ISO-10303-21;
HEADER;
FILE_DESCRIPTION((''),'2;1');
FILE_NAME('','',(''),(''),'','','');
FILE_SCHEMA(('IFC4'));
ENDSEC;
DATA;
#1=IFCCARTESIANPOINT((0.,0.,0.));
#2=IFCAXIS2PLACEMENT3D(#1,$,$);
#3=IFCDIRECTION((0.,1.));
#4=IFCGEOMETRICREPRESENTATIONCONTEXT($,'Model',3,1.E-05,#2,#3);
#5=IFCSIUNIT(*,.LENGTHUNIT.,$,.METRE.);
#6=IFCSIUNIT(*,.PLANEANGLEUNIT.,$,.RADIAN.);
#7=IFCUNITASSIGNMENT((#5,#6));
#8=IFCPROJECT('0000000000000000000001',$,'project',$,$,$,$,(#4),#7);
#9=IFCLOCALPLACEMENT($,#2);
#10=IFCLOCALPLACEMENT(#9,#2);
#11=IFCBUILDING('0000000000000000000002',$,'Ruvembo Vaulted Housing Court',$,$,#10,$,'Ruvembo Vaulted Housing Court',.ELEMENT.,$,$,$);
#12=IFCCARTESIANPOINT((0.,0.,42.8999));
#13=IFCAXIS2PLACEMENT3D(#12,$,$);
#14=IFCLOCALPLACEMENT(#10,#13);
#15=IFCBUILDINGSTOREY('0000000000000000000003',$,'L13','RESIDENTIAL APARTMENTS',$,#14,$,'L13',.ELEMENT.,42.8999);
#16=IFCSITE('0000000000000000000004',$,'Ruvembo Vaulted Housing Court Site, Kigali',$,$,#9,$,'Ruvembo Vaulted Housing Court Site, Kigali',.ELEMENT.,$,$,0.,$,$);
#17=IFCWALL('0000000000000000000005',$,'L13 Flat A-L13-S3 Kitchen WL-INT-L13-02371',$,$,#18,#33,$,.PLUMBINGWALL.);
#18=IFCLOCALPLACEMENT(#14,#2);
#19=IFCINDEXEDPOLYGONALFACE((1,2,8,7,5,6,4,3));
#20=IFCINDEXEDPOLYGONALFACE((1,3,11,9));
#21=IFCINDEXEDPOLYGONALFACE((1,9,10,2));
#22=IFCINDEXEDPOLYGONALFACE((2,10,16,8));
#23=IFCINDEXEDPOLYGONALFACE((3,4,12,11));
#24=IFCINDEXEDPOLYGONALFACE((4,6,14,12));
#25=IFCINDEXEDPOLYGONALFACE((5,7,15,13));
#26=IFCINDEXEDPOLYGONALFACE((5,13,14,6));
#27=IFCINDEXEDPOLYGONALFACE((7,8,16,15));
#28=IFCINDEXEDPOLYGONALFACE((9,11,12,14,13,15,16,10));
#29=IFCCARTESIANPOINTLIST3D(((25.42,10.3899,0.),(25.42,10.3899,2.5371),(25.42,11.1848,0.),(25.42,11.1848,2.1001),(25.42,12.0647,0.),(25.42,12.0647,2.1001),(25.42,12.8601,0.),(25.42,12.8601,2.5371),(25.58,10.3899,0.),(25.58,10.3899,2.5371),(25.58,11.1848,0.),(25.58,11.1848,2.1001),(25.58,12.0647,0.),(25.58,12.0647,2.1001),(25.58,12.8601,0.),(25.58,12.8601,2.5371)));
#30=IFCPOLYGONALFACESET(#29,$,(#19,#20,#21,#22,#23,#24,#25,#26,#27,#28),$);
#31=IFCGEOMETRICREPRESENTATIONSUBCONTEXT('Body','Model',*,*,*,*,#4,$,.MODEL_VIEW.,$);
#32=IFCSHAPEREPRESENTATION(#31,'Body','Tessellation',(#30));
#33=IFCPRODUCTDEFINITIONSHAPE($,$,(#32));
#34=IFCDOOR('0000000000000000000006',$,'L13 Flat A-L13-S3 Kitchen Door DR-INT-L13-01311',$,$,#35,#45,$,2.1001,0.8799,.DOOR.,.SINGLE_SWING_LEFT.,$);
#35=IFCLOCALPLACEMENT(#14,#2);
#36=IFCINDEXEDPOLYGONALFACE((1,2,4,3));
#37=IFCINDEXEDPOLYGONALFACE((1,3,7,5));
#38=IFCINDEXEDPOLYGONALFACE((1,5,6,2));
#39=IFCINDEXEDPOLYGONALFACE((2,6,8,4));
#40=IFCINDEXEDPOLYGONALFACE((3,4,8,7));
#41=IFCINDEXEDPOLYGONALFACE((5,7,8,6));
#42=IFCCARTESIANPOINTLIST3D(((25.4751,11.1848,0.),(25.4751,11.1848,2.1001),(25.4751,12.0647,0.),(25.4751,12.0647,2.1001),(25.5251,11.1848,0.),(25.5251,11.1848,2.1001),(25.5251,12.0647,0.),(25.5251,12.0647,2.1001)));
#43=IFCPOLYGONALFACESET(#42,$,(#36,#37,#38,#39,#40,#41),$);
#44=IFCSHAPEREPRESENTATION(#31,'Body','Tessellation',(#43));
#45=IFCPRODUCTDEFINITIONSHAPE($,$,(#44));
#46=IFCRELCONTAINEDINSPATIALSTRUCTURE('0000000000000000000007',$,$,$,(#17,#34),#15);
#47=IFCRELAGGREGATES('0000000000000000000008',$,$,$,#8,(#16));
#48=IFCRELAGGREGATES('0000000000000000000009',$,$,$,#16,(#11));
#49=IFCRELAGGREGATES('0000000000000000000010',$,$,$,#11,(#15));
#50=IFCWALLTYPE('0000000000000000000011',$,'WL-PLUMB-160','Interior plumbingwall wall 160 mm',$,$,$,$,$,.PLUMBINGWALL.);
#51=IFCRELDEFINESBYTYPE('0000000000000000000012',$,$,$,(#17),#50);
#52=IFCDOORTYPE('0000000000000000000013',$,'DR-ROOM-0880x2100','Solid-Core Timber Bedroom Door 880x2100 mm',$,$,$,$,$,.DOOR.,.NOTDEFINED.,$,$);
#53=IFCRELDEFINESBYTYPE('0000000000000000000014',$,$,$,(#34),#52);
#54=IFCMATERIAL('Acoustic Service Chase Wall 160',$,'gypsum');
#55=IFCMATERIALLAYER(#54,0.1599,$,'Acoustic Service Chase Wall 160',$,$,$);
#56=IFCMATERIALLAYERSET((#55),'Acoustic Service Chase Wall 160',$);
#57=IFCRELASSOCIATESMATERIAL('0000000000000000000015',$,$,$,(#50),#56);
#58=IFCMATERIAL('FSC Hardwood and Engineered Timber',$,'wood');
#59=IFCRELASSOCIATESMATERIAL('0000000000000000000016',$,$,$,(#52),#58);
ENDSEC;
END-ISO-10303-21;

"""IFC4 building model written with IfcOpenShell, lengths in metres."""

from ifc_helpers import new_model, si_unit, direction, frame, frame_2d, origin, place, context, subcontext, project, spatial, rectangle, extrude, material, layer, layer_set, type_object, element, fill, save


model = new_model("IFC4")

# Units and contexts
model_context = context("Model", 3, precision=1e-05, world=origin(), true_north=direction((0.0, 1.0)))
body_context = subcontext(model_context, "Body", "Model", "MODEL_VIEW")
ifc_project = project(units=[si_unit("LENGTHUNIT", "METRE"), si_unit("PLANEANGLEUNIT", "RADIAN")], contexts=[model_context])

# Site, building, storey
site_placement = place(None, origin())
site = spatial("IfcSite", under=ifc_project, at=site_placement, Name="Ruvembo Vaulted Housing Court Site, Kigali", LongName="Ruvembo Vaulted Housing Court Site, Kigali", CompositionType="ELEMENT", RefElevation=0.0)
building_placement = place(site_placement, origin())
building = spatial("IfcBuilding", under=site, at=building_placement, Name="Ruvembo Vaulted Housing Court", LongName="Ruvembo Vaulted Housing Court", CompositionType="ELEMENT")
storey_placement = place(building_placement, frame((0.0, 0.0, 42.8999)))
storey = spatial("IfcBuildingStorey", under=building, at=storey_placement, Name="L13", Description="RESIDENTIAL APARTMENTS", LongName="L13", CompositionType="ELEMENT", Elevation=42.8999)

# Wall, opening, door
ifc_material_1 = material(Name="FSC Hardwood and Engineered Timber", Category="wood")
ifc_material_2 = material(Name="Acoustic Service Chase Wall 160", Category="gypsum")
ifc_layer_1 = layer(ifc_material_2, 0.1599, Name="Acoustic Service Chase Wall 160")
ifc_layer_set_1 = layer_set([ifc_layer_1], Name="Acoustic Service Chase Wall 160")
wall_type_1 = type_object("IfcWallType", Name="WL-PLUMB-160", Description="Interior plumbingwall wall 160 mm", PredefinedType="PLUMBINGWALL", material=ifc_layer_set_1)
wall_1_placement = place(storey_placement, frame((25.5, 10.3899, 0.0), z_axis=(0.0, 0.0, 1.0), x_axis=(0.0, 1.0, 0.0)))
wall_1 = element("IfcWall", 1, at=wall_1_placement, inside=storey, type_object=wall_type_1, Name="L13 Flat A-L13-S3 Kitchen WL-INT-L13-02371", PredefinedType="PLUMBINGWALL", context=body_context, shape_type="SweptSolid", body=[
    extrude(rectangle(XDim=2.4702, YDim=0.1599, at=frame_2d((1.2351, 0.0))), origin(), (0.0, 0.0, 1.0), 2.5371),
])
opening_1_placement = place(wall_1_placement, frame((0.7949, 0.0, 0.0)))
opening_1 = element("IfcOpeningElement", 2, at=opening_1_placement, cuts=wall_1, PredefinedType="OPENING", context=body_context, shape_type="SweptSolid", body=[
    extrude(rectangle(XDim=0.8799, YDim=2.1001, at=frame_2d((0.4399, 1.05))), frame((0.0, 0.0898, 0.0), z_axis=(0.0, -1.0, 0.0), x_axis=(1.0, 0.0, 0.0)), (0.0, 0.0, 1.0), 0.1799),
])
door_type_1 = type_object("IfcDoorType", Name="DR-ROOM-0880x2100", Description="Solid-Core Timber Bedroom Door 880x2100 mm", OperationType="NOTDEFINED", PredefinedType="DOOR", material=ifc_material_1)
door_1_placement = place(opening_1_placement, origin())
door_1 = element("IfcDoor", 3, at=door_1_placement, inside=storey, type_object=door_type_1, Name="L13 Flat A-L13-S3 Kitchen Door DR-INT-L13-01311", OperationType="SINGLE_SWING_LEFT", OverallHeight=2.1001, OverallWidth=0.8799, PredefinedType="DOOR", context=body_context, shape_type="SweptSolid", body=[
    extrude(rectangle(XDim=0.8799, YDim=2.1001, at=frame_2d((0.4399, 1.05))), frame((0.0, 0.0249, 0.0), z_axis=(0.0, -1.0, 0.0), x_axis=(1.0, 0.0, 0.0)), (0.0, 0.0, 1.0), 0.05),
])
fill(opening_1, door_1)

save(model, "model.ifc")
